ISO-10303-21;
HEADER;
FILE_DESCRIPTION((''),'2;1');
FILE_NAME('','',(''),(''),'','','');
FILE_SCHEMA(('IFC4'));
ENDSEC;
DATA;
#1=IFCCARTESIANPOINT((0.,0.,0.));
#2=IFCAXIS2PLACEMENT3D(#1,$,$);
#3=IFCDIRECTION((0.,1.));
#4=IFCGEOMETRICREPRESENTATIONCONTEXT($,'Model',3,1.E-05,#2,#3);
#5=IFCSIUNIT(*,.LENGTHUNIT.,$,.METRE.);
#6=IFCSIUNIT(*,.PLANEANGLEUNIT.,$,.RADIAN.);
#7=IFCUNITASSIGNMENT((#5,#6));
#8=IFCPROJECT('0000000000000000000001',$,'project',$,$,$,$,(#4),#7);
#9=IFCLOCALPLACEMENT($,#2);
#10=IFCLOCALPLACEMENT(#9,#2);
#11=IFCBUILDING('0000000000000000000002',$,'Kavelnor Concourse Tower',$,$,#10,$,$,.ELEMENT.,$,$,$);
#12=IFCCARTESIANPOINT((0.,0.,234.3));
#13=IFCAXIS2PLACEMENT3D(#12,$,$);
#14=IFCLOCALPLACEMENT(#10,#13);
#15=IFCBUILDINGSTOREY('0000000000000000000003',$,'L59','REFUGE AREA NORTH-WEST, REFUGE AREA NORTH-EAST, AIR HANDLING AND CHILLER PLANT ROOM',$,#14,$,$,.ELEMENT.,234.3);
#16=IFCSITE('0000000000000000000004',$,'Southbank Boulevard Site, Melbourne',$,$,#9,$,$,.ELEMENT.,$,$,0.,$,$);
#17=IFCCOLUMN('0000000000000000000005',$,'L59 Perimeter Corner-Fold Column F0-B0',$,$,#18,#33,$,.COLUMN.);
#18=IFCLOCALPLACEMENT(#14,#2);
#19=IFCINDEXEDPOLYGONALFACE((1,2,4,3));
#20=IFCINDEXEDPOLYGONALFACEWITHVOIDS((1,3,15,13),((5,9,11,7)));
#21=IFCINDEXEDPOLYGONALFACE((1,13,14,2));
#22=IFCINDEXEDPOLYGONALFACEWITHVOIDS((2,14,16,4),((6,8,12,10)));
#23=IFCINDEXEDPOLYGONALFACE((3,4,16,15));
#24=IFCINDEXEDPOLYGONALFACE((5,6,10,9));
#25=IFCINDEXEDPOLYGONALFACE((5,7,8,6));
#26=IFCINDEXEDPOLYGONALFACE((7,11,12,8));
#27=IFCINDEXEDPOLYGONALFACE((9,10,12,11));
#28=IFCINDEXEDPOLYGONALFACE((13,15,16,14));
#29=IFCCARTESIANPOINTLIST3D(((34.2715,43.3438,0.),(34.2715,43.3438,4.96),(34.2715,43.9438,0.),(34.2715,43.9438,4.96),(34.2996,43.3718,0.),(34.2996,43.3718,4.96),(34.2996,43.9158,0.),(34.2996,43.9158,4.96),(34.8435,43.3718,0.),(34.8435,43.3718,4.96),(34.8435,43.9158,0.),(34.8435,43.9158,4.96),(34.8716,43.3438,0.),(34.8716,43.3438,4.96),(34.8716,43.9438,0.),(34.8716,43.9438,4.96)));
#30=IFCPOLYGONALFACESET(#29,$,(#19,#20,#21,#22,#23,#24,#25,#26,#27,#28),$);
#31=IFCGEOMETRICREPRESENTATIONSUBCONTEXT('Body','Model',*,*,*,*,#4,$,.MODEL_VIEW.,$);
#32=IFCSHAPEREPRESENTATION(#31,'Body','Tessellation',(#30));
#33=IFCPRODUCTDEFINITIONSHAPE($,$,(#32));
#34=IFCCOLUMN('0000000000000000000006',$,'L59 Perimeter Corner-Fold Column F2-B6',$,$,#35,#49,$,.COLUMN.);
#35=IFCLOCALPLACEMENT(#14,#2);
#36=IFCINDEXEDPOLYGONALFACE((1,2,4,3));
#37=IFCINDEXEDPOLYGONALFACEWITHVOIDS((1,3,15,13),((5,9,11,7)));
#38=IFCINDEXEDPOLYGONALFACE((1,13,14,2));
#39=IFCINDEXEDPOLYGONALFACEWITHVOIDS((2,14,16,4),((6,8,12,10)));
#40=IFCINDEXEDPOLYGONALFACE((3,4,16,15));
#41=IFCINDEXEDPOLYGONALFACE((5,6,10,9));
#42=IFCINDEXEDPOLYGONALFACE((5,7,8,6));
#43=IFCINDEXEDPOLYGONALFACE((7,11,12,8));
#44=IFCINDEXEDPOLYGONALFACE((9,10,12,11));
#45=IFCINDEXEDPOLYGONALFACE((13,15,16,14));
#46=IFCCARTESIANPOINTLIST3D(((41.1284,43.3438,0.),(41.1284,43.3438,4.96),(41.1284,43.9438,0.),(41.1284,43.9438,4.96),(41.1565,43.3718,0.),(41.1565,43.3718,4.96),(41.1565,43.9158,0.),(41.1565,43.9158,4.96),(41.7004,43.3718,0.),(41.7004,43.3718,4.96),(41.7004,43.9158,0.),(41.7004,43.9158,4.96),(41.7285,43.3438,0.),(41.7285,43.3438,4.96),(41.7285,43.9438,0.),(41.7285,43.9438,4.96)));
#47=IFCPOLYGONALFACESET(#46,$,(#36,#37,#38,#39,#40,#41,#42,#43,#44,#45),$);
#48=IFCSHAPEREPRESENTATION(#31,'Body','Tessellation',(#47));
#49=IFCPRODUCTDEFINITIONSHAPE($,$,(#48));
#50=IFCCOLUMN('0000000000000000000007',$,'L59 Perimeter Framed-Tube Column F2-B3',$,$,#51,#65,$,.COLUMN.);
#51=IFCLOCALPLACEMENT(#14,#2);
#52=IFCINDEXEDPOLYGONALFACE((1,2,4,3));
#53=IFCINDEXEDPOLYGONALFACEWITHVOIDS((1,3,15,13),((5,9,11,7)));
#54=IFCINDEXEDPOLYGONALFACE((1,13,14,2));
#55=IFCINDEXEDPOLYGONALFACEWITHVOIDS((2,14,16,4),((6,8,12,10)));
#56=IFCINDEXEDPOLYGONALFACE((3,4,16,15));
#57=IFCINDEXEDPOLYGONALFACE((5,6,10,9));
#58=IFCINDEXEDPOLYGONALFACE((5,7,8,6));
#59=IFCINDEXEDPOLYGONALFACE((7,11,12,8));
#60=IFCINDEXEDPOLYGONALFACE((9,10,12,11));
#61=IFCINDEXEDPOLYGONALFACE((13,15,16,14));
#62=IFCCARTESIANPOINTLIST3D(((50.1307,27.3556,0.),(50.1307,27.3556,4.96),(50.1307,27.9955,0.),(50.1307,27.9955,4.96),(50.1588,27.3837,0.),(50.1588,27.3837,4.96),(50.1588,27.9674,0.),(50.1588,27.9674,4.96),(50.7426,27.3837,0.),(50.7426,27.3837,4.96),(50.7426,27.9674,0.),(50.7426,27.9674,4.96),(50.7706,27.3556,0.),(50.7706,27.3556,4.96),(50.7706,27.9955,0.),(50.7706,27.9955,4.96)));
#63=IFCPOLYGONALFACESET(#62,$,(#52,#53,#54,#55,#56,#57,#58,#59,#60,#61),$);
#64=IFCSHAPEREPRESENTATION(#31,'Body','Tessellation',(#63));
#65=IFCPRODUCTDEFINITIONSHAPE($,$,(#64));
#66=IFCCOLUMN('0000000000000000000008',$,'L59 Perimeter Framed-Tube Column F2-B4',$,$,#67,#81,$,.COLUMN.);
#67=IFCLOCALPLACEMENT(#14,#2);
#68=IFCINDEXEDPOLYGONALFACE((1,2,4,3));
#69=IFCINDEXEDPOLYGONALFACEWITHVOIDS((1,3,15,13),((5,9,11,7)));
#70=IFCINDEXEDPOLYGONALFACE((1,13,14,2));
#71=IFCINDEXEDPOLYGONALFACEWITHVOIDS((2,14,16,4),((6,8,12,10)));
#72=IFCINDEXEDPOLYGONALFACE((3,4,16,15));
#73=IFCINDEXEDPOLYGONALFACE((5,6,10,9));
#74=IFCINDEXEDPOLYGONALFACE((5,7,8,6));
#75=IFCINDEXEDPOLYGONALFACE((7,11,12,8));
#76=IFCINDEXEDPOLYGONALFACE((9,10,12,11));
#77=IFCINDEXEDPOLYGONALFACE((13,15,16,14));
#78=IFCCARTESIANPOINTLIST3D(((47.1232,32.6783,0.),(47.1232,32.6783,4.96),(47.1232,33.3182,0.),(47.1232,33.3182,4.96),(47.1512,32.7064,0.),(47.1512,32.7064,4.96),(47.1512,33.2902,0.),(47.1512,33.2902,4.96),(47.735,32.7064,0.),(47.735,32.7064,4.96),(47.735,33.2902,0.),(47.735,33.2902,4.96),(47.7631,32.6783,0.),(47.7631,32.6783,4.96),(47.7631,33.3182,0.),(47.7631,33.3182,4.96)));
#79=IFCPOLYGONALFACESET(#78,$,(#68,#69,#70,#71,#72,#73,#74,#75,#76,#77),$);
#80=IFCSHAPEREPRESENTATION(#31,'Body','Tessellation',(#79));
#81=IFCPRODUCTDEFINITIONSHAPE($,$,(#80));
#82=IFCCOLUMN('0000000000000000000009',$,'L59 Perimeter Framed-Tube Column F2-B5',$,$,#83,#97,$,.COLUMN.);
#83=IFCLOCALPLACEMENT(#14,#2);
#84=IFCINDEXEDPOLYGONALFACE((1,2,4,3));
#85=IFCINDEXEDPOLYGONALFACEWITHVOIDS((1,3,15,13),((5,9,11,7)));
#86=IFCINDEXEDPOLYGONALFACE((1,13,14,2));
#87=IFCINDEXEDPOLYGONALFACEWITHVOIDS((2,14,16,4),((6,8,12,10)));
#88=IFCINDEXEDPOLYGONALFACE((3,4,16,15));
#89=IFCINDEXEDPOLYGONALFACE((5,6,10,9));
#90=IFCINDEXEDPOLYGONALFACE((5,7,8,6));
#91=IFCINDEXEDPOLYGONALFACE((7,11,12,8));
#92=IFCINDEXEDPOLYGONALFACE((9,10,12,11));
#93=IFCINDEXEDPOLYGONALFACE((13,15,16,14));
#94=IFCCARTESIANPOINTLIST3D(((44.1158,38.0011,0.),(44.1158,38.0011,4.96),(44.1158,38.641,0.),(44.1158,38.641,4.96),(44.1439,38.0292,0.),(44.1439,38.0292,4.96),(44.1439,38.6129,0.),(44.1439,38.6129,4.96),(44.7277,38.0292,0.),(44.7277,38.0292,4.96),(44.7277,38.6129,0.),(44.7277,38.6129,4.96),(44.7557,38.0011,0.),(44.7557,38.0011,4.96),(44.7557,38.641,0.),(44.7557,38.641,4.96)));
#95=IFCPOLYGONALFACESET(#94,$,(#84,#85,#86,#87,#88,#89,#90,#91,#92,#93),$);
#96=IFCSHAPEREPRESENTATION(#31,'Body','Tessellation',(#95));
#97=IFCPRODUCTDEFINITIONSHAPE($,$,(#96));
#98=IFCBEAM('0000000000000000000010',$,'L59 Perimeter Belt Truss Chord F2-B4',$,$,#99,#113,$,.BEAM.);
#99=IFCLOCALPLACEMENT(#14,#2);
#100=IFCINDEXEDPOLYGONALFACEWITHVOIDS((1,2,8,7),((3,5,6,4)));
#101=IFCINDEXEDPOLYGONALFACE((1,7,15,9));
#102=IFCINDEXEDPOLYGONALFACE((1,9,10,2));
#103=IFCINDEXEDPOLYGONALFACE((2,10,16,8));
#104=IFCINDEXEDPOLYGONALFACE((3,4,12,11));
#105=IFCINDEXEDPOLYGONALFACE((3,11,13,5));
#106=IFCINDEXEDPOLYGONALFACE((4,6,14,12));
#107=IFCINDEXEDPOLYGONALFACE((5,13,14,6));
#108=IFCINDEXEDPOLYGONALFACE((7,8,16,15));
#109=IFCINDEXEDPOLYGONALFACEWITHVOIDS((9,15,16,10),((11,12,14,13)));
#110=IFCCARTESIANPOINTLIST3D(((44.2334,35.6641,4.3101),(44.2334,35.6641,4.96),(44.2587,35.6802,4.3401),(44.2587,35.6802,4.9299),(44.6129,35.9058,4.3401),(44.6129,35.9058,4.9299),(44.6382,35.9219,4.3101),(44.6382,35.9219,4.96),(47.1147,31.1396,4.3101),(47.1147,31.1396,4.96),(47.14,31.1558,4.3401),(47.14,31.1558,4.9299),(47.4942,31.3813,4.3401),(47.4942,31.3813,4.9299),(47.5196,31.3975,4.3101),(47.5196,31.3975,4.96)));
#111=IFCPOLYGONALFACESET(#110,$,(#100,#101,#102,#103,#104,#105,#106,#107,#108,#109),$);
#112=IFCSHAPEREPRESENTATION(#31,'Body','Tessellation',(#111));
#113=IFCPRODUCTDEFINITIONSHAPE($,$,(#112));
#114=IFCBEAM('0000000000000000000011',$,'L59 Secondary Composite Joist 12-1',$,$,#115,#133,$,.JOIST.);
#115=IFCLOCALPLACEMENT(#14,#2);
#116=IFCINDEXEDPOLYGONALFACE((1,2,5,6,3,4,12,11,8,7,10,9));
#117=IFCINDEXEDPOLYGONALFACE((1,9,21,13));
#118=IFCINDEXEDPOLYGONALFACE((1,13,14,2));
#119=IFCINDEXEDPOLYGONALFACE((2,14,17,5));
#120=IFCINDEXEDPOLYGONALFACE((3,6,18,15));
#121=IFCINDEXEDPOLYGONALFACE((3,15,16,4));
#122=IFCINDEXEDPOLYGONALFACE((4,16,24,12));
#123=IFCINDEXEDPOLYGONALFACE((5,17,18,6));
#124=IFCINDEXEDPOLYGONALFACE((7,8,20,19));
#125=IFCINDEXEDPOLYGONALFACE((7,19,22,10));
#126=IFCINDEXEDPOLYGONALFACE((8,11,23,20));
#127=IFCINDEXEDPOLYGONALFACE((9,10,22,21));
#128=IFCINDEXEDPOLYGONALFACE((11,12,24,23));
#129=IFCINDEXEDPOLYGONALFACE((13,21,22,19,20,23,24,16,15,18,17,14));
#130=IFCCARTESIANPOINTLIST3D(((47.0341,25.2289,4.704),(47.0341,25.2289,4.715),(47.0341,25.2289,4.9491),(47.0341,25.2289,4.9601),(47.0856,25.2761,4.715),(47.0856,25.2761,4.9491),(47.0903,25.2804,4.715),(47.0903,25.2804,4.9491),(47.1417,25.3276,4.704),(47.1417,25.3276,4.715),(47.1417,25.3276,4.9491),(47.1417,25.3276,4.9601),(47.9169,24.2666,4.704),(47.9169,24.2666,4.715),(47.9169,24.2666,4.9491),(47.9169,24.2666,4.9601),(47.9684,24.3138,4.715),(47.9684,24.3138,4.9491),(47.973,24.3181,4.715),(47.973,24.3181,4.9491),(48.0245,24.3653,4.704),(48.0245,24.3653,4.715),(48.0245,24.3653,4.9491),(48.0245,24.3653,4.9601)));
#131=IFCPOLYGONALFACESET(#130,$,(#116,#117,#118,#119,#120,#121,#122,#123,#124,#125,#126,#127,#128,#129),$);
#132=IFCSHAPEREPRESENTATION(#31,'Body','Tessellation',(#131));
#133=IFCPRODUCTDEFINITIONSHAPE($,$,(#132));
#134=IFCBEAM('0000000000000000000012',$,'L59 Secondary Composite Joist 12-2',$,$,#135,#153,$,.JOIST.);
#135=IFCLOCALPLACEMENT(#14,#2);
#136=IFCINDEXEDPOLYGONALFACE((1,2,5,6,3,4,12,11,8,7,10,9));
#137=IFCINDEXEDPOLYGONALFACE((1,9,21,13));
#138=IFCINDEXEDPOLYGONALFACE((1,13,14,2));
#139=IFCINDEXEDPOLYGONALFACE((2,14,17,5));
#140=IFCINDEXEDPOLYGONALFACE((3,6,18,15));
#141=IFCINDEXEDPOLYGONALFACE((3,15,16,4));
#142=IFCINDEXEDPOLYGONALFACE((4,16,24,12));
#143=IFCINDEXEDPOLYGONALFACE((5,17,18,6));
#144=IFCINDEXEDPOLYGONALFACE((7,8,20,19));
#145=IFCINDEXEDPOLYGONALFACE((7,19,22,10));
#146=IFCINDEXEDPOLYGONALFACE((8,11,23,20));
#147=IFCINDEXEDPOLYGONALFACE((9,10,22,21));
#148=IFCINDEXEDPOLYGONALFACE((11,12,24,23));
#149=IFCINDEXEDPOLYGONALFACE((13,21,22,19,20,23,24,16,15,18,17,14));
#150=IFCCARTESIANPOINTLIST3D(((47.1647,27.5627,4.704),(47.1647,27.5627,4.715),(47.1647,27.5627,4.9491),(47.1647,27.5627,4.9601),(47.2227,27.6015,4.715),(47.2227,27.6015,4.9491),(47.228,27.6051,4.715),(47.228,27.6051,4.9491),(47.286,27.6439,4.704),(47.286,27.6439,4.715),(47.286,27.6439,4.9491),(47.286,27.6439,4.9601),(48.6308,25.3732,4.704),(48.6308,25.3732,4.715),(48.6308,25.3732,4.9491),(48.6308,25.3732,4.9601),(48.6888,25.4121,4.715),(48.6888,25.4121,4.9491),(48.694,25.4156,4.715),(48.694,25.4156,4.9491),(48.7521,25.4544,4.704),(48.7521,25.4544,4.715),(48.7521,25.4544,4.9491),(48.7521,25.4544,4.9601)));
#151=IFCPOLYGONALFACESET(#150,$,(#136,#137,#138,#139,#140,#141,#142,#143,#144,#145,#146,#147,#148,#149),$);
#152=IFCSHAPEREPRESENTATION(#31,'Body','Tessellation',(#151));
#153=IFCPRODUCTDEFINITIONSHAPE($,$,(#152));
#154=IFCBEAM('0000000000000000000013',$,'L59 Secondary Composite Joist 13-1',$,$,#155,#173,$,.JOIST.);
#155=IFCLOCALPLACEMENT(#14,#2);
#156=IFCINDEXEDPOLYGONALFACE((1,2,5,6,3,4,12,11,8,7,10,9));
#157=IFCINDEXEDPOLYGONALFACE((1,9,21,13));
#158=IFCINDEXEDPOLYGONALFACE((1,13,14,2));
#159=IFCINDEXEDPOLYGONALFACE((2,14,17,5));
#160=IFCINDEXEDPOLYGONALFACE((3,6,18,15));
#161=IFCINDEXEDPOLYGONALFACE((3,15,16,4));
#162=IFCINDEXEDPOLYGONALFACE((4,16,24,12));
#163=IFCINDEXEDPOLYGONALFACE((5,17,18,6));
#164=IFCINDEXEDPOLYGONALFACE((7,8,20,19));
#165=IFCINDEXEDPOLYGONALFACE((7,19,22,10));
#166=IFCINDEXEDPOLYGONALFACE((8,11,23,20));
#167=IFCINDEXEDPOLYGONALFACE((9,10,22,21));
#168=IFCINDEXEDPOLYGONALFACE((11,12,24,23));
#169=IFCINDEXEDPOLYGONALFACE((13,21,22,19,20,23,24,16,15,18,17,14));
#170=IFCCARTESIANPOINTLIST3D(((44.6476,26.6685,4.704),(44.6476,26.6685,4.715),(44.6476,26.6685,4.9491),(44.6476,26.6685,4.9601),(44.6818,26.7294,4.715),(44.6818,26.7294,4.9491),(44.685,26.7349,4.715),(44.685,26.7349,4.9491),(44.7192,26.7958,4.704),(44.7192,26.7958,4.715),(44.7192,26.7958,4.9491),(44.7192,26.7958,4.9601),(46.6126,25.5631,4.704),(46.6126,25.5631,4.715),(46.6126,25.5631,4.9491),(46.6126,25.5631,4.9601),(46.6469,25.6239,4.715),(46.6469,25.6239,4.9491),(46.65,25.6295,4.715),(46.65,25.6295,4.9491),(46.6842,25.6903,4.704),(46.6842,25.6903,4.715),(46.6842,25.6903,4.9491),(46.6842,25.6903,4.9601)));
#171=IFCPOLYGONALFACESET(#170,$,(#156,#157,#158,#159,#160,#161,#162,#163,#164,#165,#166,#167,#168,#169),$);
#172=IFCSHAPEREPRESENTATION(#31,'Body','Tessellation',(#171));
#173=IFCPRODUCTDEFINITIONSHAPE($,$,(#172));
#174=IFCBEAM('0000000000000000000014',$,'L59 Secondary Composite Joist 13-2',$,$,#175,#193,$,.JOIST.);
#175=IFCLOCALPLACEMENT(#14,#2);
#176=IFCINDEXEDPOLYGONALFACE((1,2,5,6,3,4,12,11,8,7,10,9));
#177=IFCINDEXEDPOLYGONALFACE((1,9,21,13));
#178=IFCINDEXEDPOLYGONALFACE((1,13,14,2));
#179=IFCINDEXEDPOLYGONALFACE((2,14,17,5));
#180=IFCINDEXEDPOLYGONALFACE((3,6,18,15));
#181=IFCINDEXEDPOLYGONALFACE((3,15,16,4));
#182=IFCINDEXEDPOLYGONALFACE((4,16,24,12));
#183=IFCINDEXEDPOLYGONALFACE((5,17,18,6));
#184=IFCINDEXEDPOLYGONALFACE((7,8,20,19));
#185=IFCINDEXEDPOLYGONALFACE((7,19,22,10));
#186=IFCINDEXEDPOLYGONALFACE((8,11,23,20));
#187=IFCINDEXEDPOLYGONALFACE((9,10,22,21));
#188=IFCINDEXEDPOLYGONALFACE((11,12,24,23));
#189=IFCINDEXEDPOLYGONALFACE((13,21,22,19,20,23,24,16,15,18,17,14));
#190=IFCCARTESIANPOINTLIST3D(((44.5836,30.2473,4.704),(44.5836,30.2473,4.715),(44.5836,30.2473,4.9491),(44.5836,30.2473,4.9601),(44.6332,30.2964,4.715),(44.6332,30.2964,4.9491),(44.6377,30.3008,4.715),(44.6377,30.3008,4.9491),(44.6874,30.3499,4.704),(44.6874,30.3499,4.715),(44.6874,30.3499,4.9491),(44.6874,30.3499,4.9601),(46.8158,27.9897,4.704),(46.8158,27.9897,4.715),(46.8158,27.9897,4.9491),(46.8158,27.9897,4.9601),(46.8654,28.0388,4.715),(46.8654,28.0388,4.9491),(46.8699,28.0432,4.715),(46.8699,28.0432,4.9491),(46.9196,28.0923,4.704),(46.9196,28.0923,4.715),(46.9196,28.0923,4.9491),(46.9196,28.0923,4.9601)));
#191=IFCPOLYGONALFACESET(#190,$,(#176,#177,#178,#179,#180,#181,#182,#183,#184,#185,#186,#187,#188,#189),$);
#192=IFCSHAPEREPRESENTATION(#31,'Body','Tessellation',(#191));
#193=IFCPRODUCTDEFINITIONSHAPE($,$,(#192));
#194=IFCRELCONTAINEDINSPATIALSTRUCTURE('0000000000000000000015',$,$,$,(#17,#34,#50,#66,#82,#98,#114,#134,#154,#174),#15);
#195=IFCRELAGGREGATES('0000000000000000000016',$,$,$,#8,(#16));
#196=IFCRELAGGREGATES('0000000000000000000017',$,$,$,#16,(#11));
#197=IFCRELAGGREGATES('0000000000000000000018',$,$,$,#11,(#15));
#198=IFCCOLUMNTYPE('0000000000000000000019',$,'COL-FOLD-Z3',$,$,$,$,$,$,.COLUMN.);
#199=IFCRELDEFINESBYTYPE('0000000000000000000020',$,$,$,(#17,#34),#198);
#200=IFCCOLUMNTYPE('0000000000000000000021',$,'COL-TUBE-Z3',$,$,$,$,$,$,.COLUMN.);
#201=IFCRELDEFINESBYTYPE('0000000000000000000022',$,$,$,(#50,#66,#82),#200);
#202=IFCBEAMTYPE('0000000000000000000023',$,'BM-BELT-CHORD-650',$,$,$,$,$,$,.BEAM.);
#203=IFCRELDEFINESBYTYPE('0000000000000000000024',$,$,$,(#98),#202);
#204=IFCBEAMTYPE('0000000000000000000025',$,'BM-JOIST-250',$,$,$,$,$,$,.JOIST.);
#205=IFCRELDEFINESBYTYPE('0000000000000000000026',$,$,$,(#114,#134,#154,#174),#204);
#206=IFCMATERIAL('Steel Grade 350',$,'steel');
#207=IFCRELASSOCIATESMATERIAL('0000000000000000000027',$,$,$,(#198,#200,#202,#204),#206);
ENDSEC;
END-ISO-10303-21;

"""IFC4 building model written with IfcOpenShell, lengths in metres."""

from ifc_helpers import new_model, si_unit, direction, frame, origin, origin_2d, place, context, subcontext, project, spatial, hollow_rectangle, i_section, extrude, material, material_profile, profile_set, type_object, element, save


model = new_model("IFC4")

# Units and contexts
model_context = context("Model", 3, precision=1e-05, world=origin(), true_north=direction((0.0, 1.0)))
body_context = subcontext(model_context, "Body", "Model", "MODEL_VIEW")
ifc_project = project(units=[si_unit("LENGTHUNIT", "METRE"), si_unit("PLANEANGLEUNIT", "RADIAN")], contexts=[model_context])

# Site, building, storey
site_placement = place(None, origin())
site = spatial("IfcSite", under=ifc_project, at=site_placement, Name="Southbank Boulevard Site, Melbourne", CompositionType="ELEMENT", RefElevation=0.0)
building_placement = place(site_placement, origin())
building = spatial("IfcBuilding", under=site, at=building_placement, Name="Kavelnor Concourse Tower", CompositionType="ELEMENT")
storey_placement = place(building_placement, frame((0.0, 0.0, 234.3)))
storey = spatial("IfcBuildingStorey", under=building, at=storey_placement, Name="L59", Description="REFUGE AREA NORTH-WEST, REFUGE AREA NORTH-EAST, AIR HANDLING AND CHILLER PLANT ROOM", CompositionType="ELEMENT", Elevation=234.3)

# Columns
ifc_material_1 = material(Name="Steel Grade 350", Category="steel")
ifc_material_profile_1 = material_profile(ifc_material_1, hollow_rectangle(XDim=0.6001, YDim=0.6001, WallThickness=0.0281, at=origin_2d()), Name="SHS 600x600x28")
ifc_profile_set_1 = profile_set([ifc_material_profile_1], Name="Steel Grade 350")
column_type_1 = type_object("IfcColumnType", Name="COL-FOLD-Z3", PredefinedType="COLUMN", material=ifc_profile_set_1)
for number, where, z_axis, x_axis, name in (
    (1, (34.5715, 43.6438, 0.0), (0.0, 0.0, 1.0), (1.0, 0.0, 0.0), "L59 Perimeter Corner-Fold Column F0-B0"),
    (2, (41.4285, 43.6438, 0.0), (0.0, 0.0, 1.0), (1.0, 0.0, 0.0), "L59 Perimeter Corner-Fold Column F2-B6"),
):
    element("IfcColumn", number, at=place(storey_placement, frame(where, z_axis=z_axis, x_axis=x_axis)), inside=storey, type_object=column_type_1, Name=name, PredefinedType="COLUMN", context=body_context, shape_type="SweptSolid", body=[
        extrude(hollow_rectangle(XDim=0.6001, YDim=0.6001, WallThickness=0.0281, at=origin_2d()), origin(), (0.0, 0.0, 1.0), 4.96),
    ])
ifc_material_profile_2 = material_profile(ifc_material_1, hollow_rectangle(XDim=0.6399, YDim=0.6399, WallThickness=0.0281, at=origin_2d()), Name="SHS 640x640x28")
ifc_profile_set_2 = profile_set([ifc_material_profile_2], Name="Steel Grade 350")
column_type_2 = type_object("IfcColumnType", Name="COL-TUBE-Z3", PredefinedType="COLUMN", material=ifc_profile_set_2)
for number, where, z_axis, x_axis, name in (
    (3, (50.4507, 27.6755, 0.0), (0.0, 0.0, 1.0), (1.0, 0.0, 0.0), "L59 Perimeter Framed-Tube Column F2-B3"),
    (4, (47.4431, 32.9983, 0.0), (0.0, 0.0, 1.0), (1.0, 0.0, 0.0), "L59 Perimeter Framed-Tube Column F2-B4"),
    (5, (44.4358, 38.321, 0.0), (0.0, 0.0, 1.0), (1.0, 0.0, 0.0), "L59 Perimeter Framed-Tube Column F2-B5"),
):
    element("IfcColumn", number, at=place(storey_placement, frame(where, z_axis=z_axis, x_axis=x_axis)), inside=storey, type_object=column_type_2, Name=name, PredefinedType="COLUMN", context=body_context, shape_type="SweptSolid", body=[
        extrude(hollow_rectangle(XDim=0.6399, YDim=0.6399, WallThickness=0.0281, at=origin_2d()), origin(), (0.0, 0.0, 1.0), 4.96),
    ])

# Beams
ifc_material_profile_3 = material_profile(ifc_material_1, hollow_rectangle(XDim=0.48, YDim=0.6499, WallThickness=0.03, at=origin_2d()), Name="RHS 650x480x30")
ifc_profile_set_3 = profile_set([ifc_material_profile_3], Name="Steel Grade 350")
beam_type_1 = type_object("IfcBeamType", Name="BM-BELT-CHORD-650", PredefinedType="BEAM", material=ifc_profile_set_3)
beam_1_placement = place(storey_placement, frame((47.3171, 31.2686, 4.635), z_axis=(-0.537164, 0.843478, 0.0), x_axis=(-0.843478, -0.537164, 0.0)))
element("IfcBeam", 6, at=beam_1_placement, inside=storey, type_object=beam_type_1, Name="L59 Perimeter Belt Truss Chord F2-B4", PredefinedType="BEAM", context=body_context, shape_type="SweptSolid", body=[
    extrude(hollow_rectangle(XDim=0.48, YDim=0.6499, WallThickness=0.03, at=origin_2d()), origin(), (0.0, 0.0, 1.0), 5.364),
])
ifc_material_profile_4 = material_profile(ifc_material_1, i_section(OverallWidth=0.146, OverallDepth=0.2561, WebThickness=0.0063, FlangeThickness=0.011, at=origin_2d()), Name="250UB37")
ifc_profile_set_4 = profile_set([ifc_material_profile_4], Name="Steel Grade 350")
beam_type_2 = type_object("IfcBeamType", Name="BM-JOIST-250", PredefinedType="JOIST", material=ifc_profile_set_4)
beam_2_placement = place(storey_placement, frame((47.9707, 24.3159, 4.832), z_axis=(-0.675979, 0.736921, 0.0), x_axis=(-0.736921, -0.675979, 0.0)))
element("IfcBeam", 7, at=beam_2_placement, inside=storey, type_object=beam_type_2, Name="L59 Secondary Composite Joist 12-1", PredefinedType="JOIST", context=body_context, shape_type="SweptSolid", body=[
    extrude(i_section(OverallWidth=0.146, OverallDepth=0.2561, WebThickness=0.0063, FlangeThickness=0.011, at=origin_2d()), origin(), (0.0, 0.0, 1.0), 1.3059),
])
beam_3_placement = place(storey_placement, frame((48.6914, 25.4138, 4.832), z_axis=(-0.556388, 0.830922, 0.0), x_axis=(-0.830922, -0.556388, 0.0)))
element("IfcBeam", 8, at=beam_3_placement, inside=storey, type_object=beam_type_2, Name="L59 Secondary Composite Joist 12-2", PredefinedType="JOIST", context=body_context, shape_type="SweptSolid", body=[
    extrude(i_section(OverallWidth=0.146, OverallDepth=0.2561, WebThickness=0.0063, FlangeThickness=0.011, at=origin_2d()), origin(), (0.0, 0.0, 1.0), 2.635),
])
beam_4_placement = place(storey_placement, frame((46.6484, 25.6267, 4.832), z_axis=(-0.871555, 0.490297, 0.0), x_axis=(-0.490297, -0.871555, 0.0)))
element("IfcBeam", 9, at=beam_4_placement, inside=storey, type_object=beam_type_2, Name="L59 Secondary Composite Joist 13-1", PredefinedType="JOIST", context=body_context, shape_type="SweptSolid", body=[
    extrude(i_section(OverallWidth=0.146, OverallDepth=0.2561, WebThickness=0.0063, FlangeThickness=0.011, at=origin_2d()), origin(), (0.0, 0.0, 1.0), 2.2546),
])
beam_5_placement = place(storey_placement, frame((46.8677, 28.041, 4.832), z_axis=(-0.703097, 0.711094, 0.0), x_axis=(-0.711094, -0.703097, 0.0)))
element("IfcBeam", 10, at=beam_5_placement, inside=storey, type_object=beam_type_2, Name="L59 Secondary Composite Joist 13-2", PredefinedType="JOIST", context=body_context, shape_type="SweptSolid", body=[
    extrude(i_section(OverallWidth=0.146, OverallDepth=0.2561, WebThickness=0.0063, FlangeThickness=0.011, at=origin_2d()), origin(), (0.0, 0.0, 1.0), 3.1748),
])

save(model, "model.ifc")
